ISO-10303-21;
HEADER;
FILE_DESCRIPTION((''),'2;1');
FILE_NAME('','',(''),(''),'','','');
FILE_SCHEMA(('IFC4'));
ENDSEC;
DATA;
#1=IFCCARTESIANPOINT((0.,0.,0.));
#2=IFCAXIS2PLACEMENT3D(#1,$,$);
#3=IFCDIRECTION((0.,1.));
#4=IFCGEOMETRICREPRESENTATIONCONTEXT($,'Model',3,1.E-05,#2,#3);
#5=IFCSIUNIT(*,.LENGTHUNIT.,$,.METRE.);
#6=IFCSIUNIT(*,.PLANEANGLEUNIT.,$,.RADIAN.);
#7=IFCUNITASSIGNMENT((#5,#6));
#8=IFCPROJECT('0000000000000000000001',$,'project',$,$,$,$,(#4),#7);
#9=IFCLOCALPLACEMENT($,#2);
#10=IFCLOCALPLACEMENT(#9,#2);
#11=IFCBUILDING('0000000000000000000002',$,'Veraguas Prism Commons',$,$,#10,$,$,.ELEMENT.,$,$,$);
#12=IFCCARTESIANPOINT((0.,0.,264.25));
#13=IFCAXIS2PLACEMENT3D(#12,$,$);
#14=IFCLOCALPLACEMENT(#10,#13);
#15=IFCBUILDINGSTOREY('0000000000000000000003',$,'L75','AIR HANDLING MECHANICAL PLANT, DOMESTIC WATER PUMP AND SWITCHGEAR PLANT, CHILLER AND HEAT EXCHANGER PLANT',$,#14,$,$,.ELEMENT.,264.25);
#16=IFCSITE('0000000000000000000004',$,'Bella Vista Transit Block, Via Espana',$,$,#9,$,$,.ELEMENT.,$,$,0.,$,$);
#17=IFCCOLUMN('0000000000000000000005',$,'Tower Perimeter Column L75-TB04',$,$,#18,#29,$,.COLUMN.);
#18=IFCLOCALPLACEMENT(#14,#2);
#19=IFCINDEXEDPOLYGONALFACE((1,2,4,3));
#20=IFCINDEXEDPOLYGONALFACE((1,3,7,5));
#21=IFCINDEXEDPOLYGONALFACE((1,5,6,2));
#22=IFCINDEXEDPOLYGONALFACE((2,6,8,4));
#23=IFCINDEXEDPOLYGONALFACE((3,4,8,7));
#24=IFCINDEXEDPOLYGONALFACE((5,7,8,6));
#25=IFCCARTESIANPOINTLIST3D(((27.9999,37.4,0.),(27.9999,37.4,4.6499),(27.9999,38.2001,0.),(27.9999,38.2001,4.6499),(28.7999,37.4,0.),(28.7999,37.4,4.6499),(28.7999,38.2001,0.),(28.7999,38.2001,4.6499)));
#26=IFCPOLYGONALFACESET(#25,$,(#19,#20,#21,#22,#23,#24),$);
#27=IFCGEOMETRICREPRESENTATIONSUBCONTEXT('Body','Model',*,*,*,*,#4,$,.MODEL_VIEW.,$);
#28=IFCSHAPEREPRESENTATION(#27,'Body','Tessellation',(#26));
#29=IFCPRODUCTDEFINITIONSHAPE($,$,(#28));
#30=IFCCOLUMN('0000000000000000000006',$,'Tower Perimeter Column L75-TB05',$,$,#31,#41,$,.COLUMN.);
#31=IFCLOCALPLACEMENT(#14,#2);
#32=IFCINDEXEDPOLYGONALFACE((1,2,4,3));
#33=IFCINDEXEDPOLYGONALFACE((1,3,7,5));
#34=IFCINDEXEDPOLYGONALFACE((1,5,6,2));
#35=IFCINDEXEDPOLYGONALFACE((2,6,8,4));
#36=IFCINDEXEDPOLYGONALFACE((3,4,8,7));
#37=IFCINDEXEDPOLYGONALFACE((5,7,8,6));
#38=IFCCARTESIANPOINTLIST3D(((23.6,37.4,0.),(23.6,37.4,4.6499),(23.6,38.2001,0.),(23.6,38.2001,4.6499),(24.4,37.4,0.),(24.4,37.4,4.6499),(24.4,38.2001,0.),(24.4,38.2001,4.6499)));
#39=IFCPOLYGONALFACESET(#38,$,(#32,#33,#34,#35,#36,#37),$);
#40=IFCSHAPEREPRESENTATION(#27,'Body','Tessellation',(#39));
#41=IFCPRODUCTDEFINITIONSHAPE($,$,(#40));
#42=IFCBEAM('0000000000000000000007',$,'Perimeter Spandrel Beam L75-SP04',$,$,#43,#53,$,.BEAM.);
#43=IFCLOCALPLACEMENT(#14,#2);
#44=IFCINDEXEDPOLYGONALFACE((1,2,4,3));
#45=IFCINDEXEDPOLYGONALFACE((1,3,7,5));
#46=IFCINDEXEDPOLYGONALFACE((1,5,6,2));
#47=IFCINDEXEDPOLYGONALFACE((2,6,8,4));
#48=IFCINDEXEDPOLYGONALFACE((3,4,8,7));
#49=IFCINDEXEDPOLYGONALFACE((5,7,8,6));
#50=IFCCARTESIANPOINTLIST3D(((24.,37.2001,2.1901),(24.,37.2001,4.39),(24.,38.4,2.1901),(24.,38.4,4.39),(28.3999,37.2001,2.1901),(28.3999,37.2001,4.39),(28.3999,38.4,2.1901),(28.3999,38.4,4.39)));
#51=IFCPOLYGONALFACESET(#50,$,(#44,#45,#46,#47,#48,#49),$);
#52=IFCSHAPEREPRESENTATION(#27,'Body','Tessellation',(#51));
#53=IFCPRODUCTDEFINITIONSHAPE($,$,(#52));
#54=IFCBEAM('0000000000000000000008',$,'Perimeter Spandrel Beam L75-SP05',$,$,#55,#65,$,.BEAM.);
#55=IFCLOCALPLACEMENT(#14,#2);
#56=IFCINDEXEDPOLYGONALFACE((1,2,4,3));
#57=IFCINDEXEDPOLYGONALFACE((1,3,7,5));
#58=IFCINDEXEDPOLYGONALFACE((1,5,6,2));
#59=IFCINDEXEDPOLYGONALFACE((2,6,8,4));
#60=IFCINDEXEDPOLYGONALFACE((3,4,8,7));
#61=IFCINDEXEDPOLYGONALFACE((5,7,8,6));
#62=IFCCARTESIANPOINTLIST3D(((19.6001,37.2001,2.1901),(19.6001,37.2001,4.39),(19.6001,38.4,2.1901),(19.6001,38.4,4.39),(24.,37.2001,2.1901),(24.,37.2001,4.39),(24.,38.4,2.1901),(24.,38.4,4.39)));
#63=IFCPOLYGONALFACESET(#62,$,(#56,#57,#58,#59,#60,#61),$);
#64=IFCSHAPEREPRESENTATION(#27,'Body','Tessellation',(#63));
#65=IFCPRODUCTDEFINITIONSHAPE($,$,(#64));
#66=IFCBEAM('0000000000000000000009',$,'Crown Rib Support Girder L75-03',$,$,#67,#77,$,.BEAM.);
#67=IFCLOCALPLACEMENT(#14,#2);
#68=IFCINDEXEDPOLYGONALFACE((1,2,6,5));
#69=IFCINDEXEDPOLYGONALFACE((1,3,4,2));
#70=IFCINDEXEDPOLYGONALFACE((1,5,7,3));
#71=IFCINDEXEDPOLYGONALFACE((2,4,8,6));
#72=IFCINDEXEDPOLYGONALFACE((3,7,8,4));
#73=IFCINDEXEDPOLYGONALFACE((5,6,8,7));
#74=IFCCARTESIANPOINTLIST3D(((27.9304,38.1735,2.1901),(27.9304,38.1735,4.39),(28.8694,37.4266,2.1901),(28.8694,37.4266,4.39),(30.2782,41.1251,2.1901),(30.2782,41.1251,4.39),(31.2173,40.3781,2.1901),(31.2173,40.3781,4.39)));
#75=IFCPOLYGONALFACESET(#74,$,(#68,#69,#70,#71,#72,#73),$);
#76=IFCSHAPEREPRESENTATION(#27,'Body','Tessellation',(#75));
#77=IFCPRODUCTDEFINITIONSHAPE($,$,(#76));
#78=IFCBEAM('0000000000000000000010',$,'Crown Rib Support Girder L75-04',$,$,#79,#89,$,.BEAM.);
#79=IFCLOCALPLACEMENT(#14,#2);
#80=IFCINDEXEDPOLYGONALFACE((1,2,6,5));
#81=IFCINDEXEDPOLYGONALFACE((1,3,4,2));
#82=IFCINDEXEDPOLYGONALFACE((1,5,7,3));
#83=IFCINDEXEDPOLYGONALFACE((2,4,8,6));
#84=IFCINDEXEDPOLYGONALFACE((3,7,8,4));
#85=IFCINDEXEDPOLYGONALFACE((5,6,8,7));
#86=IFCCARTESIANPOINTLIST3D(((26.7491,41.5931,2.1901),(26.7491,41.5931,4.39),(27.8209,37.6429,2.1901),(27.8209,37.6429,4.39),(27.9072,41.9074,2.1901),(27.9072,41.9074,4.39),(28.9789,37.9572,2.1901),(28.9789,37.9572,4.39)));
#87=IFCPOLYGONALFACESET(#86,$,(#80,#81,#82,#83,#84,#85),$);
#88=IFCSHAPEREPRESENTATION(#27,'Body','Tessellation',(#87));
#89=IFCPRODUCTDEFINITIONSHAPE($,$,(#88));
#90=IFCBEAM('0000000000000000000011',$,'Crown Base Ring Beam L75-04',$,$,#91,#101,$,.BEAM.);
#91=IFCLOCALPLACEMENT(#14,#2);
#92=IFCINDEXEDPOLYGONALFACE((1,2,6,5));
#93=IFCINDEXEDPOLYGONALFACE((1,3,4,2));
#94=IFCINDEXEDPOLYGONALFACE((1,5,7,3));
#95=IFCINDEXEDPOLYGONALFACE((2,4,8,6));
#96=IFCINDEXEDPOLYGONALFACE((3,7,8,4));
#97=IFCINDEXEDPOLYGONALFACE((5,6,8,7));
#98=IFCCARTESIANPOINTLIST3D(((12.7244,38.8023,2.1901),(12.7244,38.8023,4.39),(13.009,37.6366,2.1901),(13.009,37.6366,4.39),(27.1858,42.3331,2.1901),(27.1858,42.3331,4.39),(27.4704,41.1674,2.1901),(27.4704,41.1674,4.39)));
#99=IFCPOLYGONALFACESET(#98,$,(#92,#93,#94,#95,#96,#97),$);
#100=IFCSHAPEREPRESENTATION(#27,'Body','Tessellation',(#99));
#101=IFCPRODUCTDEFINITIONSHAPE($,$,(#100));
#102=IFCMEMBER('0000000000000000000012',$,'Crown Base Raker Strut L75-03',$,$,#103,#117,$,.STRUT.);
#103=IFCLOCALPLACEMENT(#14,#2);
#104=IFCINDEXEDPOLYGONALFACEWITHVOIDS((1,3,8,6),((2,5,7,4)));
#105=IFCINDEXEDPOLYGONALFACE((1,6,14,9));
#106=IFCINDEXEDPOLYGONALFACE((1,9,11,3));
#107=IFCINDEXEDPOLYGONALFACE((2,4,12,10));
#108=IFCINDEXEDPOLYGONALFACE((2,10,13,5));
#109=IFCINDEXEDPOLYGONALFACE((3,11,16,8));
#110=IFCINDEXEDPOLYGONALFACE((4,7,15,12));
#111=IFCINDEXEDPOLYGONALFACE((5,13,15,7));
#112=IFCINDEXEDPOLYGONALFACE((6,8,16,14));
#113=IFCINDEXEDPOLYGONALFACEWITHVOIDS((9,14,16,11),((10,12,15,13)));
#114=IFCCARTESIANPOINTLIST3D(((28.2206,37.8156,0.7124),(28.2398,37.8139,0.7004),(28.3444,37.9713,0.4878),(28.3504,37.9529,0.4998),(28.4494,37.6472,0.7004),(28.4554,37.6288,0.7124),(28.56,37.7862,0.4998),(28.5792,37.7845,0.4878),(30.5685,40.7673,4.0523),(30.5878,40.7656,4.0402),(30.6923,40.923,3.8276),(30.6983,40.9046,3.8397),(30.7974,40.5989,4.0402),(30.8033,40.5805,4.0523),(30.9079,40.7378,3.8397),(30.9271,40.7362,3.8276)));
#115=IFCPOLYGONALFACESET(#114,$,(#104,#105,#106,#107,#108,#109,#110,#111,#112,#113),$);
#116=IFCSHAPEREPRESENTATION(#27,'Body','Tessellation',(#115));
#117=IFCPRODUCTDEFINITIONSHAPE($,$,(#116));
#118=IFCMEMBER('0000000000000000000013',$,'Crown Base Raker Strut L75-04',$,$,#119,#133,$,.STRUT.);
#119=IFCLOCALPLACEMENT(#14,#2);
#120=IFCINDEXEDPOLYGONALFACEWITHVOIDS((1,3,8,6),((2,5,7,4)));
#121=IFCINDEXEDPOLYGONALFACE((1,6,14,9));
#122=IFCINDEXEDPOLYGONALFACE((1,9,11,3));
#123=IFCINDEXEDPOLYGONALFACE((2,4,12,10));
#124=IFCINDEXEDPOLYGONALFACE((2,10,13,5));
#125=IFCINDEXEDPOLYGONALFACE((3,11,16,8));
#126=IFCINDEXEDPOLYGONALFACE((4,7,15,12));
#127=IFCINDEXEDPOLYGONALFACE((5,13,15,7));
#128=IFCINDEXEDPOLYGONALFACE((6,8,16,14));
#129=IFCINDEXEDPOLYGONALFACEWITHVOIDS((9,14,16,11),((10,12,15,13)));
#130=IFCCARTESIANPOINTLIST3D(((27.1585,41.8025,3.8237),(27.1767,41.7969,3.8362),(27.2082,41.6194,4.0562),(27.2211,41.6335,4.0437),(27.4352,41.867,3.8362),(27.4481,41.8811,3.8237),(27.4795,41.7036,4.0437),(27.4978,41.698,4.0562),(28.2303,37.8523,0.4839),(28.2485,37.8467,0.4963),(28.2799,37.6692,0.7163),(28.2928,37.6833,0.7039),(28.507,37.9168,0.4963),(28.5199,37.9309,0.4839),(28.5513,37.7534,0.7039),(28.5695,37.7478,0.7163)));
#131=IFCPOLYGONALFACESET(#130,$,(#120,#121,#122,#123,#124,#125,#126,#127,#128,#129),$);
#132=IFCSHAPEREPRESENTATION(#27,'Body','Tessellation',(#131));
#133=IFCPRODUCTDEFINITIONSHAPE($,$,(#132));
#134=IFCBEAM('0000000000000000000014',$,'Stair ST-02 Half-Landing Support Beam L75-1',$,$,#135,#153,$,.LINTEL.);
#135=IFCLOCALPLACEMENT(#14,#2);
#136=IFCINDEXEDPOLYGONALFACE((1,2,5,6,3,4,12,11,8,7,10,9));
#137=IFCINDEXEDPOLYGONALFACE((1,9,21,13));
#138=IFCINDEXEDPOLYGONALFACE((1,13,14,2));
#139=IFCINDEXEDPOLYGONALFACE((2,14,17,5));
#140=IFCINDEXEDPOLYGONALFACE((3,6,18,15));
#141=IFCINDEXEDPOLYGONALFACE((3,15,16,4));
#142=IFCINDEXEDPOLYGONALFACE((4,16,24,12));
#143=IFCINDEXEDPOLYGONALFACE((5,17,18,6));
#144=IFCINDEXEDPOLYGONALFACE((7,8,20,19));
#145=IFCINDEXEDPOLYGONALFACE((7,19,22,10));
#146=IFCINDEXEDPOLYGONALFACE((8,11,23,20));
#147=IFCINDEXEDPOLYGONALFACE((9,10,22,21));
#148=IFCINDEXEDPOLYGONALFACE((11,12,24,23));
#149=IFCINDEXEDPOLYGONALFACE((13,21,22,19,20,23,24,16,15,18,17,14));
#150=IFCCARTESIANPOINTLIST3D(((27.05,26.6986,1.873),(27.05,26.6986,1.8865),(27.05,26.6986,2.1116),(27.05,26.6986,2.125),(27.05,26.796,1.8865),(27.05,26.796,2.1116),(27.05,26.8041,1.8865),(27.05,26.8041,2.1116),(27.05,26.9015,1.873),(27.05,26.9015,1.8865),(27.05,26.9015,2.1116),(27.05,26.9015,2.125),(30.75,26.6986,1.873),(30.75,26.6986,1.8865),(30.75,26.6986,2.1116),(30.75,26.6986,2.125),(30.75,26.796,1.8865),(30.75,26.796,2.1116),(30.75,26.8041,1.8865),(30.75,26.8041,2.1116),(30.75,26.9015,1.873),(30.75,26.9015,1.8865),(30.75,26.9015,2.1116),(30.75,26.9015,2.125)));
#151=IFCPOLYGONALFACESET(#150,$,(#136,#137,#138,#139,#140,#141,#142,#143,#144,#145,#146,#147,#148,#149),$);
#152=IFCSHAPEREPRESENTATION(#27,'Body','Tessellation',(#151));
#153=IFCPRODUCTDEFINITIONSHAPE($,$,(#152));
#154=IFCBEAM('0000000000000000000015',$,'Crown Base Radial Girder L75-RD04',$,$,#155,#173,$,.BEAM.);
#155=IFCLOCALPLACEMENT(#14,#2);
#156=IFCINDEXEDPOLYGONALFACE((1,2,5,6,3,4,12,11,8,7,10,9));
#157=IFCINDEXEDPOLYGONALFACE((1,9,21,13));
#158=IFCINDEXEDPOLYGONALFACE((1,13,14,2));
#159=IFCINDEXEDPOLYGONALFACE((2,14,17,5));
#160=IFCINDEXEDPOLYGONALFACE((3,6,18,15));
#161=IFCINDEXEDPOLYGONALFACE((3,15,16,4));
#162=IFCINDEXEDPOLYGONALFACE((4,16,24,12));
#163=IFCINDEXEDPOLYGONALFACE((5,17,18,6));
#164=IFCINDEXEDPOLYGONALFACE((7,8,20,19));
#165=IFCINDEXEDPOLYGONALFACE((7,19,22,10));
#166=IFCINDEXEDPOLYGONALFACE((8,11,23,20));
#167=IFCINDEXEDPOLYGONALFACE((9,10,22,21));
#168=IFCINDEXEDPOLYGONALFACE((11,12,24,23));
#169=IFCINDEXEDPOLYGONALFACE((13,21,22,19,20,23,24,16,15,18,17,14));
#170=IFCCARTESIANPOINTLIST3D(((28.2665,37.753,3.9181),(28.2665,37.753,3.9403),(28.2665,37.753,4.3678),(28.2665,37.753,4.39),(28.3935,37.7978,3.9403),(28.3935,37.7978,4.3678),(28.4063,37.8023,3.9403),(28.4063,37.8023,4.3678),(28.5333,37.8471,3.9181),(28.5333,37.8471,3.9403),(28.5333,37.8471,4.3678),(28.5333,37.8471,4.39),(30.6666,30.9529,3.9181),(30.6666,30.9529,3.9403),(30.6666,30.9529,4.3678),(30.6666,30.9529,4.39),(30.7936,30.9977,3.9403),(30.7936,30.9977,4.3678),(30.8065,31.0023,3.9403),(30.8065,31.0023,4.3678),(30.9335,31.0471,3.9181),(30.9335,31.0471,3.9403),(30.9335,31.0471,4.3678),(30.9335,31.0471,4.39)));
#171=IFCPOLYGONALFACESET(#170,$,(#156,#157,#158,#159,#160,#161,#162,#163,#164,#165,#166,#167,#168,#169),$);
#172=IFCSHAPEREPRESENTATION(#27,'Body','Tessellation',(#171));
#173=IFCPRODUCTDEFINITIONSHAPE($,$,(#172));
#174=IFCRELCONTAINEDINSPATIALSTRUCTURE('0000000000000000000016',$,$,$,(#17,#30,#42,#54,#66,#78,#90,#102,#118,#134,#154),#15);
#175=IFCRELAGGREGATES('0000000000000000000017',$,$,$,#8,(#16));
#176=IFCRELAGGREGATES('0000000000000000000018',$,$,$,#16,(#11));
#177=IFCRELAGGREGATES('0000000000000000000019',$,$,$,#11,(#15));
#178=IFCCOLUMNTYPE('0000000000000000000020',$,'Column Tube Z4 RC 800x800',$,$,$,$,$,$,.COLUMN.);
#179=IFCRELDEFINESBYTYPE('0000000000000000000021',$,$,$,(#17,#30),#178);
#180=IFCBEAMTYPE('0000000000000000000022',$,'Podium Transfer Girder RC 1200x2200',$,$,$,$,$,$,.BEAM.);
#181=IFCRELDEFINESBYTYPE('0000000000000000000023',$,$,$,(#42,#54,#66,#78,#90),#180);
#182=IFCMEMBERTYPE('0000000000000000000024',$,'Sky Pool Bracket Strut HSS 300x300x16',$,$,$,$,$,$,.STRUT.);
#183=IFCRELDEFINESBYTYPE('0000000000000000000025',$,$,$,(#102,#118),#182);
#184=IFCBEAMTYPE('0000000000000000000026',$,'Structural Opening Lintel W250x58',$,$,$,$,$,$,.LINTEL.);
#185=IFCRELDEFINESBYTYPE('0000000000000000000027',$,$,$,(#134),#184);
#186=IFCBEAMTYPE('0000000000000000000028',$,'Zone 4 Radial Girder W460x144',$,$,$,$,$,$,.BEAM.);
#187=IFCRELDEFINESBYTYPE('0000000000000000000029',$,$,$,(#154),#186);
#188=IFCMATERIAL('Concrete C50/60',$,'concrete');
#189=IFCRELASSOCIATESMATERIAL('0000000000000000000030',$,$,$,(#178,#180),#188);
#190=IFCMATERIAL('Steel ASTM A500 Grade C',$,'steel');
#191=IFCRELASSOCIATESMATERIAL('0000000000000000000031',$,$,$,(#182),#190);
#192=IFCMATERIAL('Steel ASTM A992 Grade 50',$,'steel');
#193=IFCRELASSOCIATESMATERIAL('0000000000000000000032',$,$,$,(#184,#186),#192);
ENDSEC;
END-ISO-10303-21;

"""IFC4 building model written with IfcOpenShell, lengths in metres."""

from ifc_helpers import new_model, si_unit, direction, frame, origin, origin_2d, place, context, subcontext, project, spatial, rectangle, hollow_rectangle, i_section, extrude, material, material_profile, profile_set, type_object, element, save


model = new_model("IFC4")

# Units and contexts
model_context = context("Model", 3, precision=1e-05, world=origin(), true_north=direction((0.0, 1.0)))
body_context = subcontext(model_context, "Body", "Model", "MODEL_VIEW")
ifc_project = project(units=[si_unit("LENGTHUNIT", "METRE"), si_unit("PLANEANGLEUNIT", "RADIAN")], contexts=[model_context])

# Site, building, storey
site_placement = place(None, origin())
site = spatial("IfcSite", under=ifc_project, at=site_placement, Name="Bella Vista Transit Block, Via Espana", CompositionType="ELEMENT", RefElevation=0.0)
building_placement = place(site_placement, origin())
building = spatial("IfcBuilding", under=site, at=building_placement, Name="Veraguas Prism Commons", CompositionType="ELEMENT")
storey_placement = place(building_placement, frame((0.0, 0.0, 264.25)))
storey = spatial("IfcBuildingStorey", under=building, at=storey_placement, Name="L75", Description="AIR HANDLING MECHANICAL PLANT, DOMESTIC WATER PUMP AND SWITCHGEAR PLANT, CHILLER AND HEAT EXCHANGER PLANT", CompositionType="ELEMENT", Elevation=264.25)

# Columns
ifc_material_1 = material(Name="Concrete C50/60", Category="concrete")
ifc_material_profile_1 = material_profile(ifc_material_1, rectangle(XDim=0.8, YDim=0.8, at=origin_2d()), Name="RC800X800")
ifc_profile_set_1 = profile_set([ifc_material_profile_1], Name="Concrete C50/60")
column_type = type_object("IfcColumnType", Name="Column Tube Z4 RC 800x800", PredefinedType="COLUMN", material=ifc_profile_set_1)
for number, where, z_axis, x_axis, name in (
    (1, (28.3999, 37.8, 0.0), (0.0, 0.0, 1.0), (1.0, 0.0, 0.0), "Tower Perimeter Column L75-TB04"),
    (2, (24.0, 37.8, 0.0), (0.0, 0.0, 1.0), (1.0, 0.0, 0.0), "Tower Perimeter Column L75-TB05"),
):
    element("IfcColumn", number, at=place(storey_placement, frame(where, z_axis=z_axis, x_axis=x_axis)), inside=storey, type_object=column_type, Name=name, PredefinedType="COLUMN", context=body_context, shape_type="SweptSolid", body=[
        extrude(rectangle(XDim=0.8, YDim=0.8, at=origin_2d()), origin(), (0.0, 0.0, 1.0), 4.6499),
    ])

# Beams
ifc_material_profile_2 = material_profile(ifc_material_1, rectangle(XDim=1.2, YDim=2.2, at=origin_2d()), Name="RC1200X2200")
ifc_profile_set_2 = profile_set([ifc_material_profile_2], Name="Concrete C50/60")
beam_type_1 = type_object("IfcBeamType", Name="Podium Transfer Girder RC 1200x2200", PredefinedType="BEAM", material=ifc_profile_set_2)
for number, where, z_axis, x_axis, name in (
    (3, (28.3999, 37.8, 3.29), (-1.0, 0.0, 0.0), (0.0, -1.0, 0.0), "Perimeter Spandrel Beam L75-SP04"),
    (4, (24.0, 37.8, 3.29), (-1.0, 0.0, 0.0), (0.0, -1.0, 0.0), "Perimeter Spandrel Beam L75-SP05"),
):
    element("IfcBeam", number, at=place(storey_placement, frame(where, z_axis=z_axis, x_axis=x_axis)), inside=storey, type_object=beam_type_1, Name=name, PredefinedType="BEAM", context=body_context, shape_type="SweptSolid", body=[
        extrude(rectangle(XDim=1.2, YDim=2.2, at=origin_2d()), origin(), (0.0, 0.0, 1.0), 4.3999),
    ])
beam_1_placement = place(storey_placement, frame((28.3999, 37.8, 3.29), z_axis=(0.622522, 0.782602, 0.0), x_axis=(-0.782602, 0.622522, 0.0)))
element("IfcBeam", 5, at=beam_1_placement, inside=storey, type_object=beam_type_1, Name="Crown Rib Support Girder L75-03", PredefinedType="BEAM", context=body_context, shape_type="SweptSolid", body=[
    extrude(rectangle(XDim=1.2, YDim=2.2, at=origin_2d()), origin(), (0.0, 0.0, 1.0), 3.7715),
])
beam_2_placement = place(storey_placement, frame((28.3999, 37.8, 3.29), z_axis=(-0.261855, 0.965107, 0.0), x_axis=(-0.965107, -0.261855, 0.0)))
element("IfcBeam", 6, at=beam_2_placement, inside=storey, type_object=beam_type_1, Name="Crown Rib Support Girder L75-04", PredefinedType="BEAM", context=body_context, shape_type="SweptSolid", body=[
    extrude(rectangle(XDim=1.2, YDim=2.2, at=origin_2d()), origin(), (0.0, 0.0, 1.0), 4.093),
])
beam_3_placement = place(storey_placement, frame((27.3281, 41.7502, 3.29), z_axis=(-0.971465, -0.237183, 0.0), x_axis=(0.237183, -0.971465, 0.0)))
element("IfcBeam", 7, at=beam_3_placement, inside=storey, type_object=beam_type_1, Name="Crown Base Ring Beam L75-04", PredefinedType="BEAM", context=body_context, shape_type="SweptSolid", body=[
    extrude(rectangle(XDim=1.2, YDim=2.2, at=origin_2d()), origin(), (0.0, 0.0, 1.0), 14.8862),
])

# Members
ifc_material_2 = material(Name="Steel ASTM A500 Grade C", Category="steel")
ifc_material_profile_3 = material_profile(ifc_material_2, hollow_rectangle(XDim=0.3, YDim=0.3, WallThickness=0.0161, at=origin_2d()), Name="HSS300X300X16")
ifc_profile_set_3 = profile_set([ifc_material_profile_3], Name="Steel ASTM A500 Grade C")
member_type_1 = type_object("IfcMemberType", Name="Sky Pool Bracket Strut HSS 300x300x16", PredefinedType="STRUT", material=ifc_profile_set_3)
member_1_placement = place(storey_placement, frame((28.3999, 37.8, 0.6001), z_axis=(0.466056, 0.585902, 0.662956), x_axis=(-0.782602, 0.622522, 0.0)))
element("IfcMember", 8, at=member_1_placement, inside=storey, type_object=member_type_1, Name="Crown Base Raker Strut L75-03", PredefinedType="STRUT", context=body_context, shape_type="SweptSolid", body=[
    extrude(hollow_rectangle(XDim=0.3, YDim=0.3, WallThickness=0.0161, at=origin_2d()), origin(), (0.0, 0.0, 1.0), 5.0378),
])
member_2_placement = place(storey_placement, frame((28.3999, 37.8, 0.6001), z_axis=(-0.202883, 0.747755, 0.632218), x_axis=(-0.965107, -0.261855, 0.0)))
element("IfcMember", 9, at=member_2_placement, inside=storey, type_object=member_type_1, Name="Crown Base Raker Strut L75-04", PredefinedType="STRUT", context=body_context, shape_type="SweptSolid", body=[
    extrude(hollow_rectangle(XDim=0.3, YDim=0.3, WallThickness=0.0161, at=origin_2d()), origin(), (0.0, 0.0, 1.0), 5.2827),
])

# Beams
ifc_material_3 = material(Name="Steel ASTM A992 Grade 50", Category="steel")
ifc_material_profile_4 = material_profile(ifc_material_3, i_section(OverallWidth=0.2029, OverallDepth=0.252, WebThickness=0.0081, FlangeThickness=0.0134, at=origin_2d()), Name="W250X58")
ifc_profile_set_4 = profile_set([ifc_material_profile_4], Name="Steel ASTM A992 Grade 50")
beam_type_2 = type_object("IfcBeamType", Name="Structural Opening Lintel W250x58", PredefinedType="LINTEL", material=ifc_profile_set_4)
beam_4_placement = place(storey_placement, frame((27.05, 26.8, 1.999), z_axis=(1.0, 0.0, 0.0), x_axis=(0.0, 1.0, 0.0)))
element("IfcBeam", 10, at=beam_4_placement, inside=storey, type_object=beam_type_2, Name="Stair ST-02 Half-Landing Support Beam L75-1", PredefinedType="LINTEL", context=body_context, shape_type="SweptSolid", body=[
    extrude(i_section(OverallWidth=0.2029, OverallDepth=0.252, WebThickness=0.0081, FlangeThickness=0.0134, at=origin_2d()), origin(), (0.0, 0.0, 1.0), 3.7),
])
ifc_material_profile_5 = material_profile(ifc_material_3, i_section(OverallWidth=0.283, OverallDepth=0.4719, WebThickness=0.0137, FlangeThickness=0.0222, at=origin_2d()), Name="W460X144")
ifc_profile_set_5 = profile_set([ifc_material_profile_5], Name="Steel ASTM A992 Grade 50")
beam_type_3 = type_object("IfcBeamType", Name="Zone 4 Radial Girder W460x144", PredefinedType="BEAM", material=ifc_profile_set_5)
beam_5_placement = place(storey_placement, frame((28.3999, 37.8, 4.1541), z_axis=(0.332836, -0.942985, 0.0), x_axis=(0.942985, 0.332836, 0.0)))
element("IfcBeam", 11, at=beam_5_placement, inside=storey, type_object=beam_type_3, Name="Crown Base Radial Girder L75-RD04", PredefinedType="BEAM", context=body_context, shape_type="SweptSolid", body=[
    extrude(i_section(OverallWidth=0.283, OverallDepth=0.4719, WebThickness=0.0137, FlangeThickness=0.0222, at=origin_2d()), origin(), (0.0, 0.0, 1.0), 7.2112),
])

save(model, "model.ifc")
